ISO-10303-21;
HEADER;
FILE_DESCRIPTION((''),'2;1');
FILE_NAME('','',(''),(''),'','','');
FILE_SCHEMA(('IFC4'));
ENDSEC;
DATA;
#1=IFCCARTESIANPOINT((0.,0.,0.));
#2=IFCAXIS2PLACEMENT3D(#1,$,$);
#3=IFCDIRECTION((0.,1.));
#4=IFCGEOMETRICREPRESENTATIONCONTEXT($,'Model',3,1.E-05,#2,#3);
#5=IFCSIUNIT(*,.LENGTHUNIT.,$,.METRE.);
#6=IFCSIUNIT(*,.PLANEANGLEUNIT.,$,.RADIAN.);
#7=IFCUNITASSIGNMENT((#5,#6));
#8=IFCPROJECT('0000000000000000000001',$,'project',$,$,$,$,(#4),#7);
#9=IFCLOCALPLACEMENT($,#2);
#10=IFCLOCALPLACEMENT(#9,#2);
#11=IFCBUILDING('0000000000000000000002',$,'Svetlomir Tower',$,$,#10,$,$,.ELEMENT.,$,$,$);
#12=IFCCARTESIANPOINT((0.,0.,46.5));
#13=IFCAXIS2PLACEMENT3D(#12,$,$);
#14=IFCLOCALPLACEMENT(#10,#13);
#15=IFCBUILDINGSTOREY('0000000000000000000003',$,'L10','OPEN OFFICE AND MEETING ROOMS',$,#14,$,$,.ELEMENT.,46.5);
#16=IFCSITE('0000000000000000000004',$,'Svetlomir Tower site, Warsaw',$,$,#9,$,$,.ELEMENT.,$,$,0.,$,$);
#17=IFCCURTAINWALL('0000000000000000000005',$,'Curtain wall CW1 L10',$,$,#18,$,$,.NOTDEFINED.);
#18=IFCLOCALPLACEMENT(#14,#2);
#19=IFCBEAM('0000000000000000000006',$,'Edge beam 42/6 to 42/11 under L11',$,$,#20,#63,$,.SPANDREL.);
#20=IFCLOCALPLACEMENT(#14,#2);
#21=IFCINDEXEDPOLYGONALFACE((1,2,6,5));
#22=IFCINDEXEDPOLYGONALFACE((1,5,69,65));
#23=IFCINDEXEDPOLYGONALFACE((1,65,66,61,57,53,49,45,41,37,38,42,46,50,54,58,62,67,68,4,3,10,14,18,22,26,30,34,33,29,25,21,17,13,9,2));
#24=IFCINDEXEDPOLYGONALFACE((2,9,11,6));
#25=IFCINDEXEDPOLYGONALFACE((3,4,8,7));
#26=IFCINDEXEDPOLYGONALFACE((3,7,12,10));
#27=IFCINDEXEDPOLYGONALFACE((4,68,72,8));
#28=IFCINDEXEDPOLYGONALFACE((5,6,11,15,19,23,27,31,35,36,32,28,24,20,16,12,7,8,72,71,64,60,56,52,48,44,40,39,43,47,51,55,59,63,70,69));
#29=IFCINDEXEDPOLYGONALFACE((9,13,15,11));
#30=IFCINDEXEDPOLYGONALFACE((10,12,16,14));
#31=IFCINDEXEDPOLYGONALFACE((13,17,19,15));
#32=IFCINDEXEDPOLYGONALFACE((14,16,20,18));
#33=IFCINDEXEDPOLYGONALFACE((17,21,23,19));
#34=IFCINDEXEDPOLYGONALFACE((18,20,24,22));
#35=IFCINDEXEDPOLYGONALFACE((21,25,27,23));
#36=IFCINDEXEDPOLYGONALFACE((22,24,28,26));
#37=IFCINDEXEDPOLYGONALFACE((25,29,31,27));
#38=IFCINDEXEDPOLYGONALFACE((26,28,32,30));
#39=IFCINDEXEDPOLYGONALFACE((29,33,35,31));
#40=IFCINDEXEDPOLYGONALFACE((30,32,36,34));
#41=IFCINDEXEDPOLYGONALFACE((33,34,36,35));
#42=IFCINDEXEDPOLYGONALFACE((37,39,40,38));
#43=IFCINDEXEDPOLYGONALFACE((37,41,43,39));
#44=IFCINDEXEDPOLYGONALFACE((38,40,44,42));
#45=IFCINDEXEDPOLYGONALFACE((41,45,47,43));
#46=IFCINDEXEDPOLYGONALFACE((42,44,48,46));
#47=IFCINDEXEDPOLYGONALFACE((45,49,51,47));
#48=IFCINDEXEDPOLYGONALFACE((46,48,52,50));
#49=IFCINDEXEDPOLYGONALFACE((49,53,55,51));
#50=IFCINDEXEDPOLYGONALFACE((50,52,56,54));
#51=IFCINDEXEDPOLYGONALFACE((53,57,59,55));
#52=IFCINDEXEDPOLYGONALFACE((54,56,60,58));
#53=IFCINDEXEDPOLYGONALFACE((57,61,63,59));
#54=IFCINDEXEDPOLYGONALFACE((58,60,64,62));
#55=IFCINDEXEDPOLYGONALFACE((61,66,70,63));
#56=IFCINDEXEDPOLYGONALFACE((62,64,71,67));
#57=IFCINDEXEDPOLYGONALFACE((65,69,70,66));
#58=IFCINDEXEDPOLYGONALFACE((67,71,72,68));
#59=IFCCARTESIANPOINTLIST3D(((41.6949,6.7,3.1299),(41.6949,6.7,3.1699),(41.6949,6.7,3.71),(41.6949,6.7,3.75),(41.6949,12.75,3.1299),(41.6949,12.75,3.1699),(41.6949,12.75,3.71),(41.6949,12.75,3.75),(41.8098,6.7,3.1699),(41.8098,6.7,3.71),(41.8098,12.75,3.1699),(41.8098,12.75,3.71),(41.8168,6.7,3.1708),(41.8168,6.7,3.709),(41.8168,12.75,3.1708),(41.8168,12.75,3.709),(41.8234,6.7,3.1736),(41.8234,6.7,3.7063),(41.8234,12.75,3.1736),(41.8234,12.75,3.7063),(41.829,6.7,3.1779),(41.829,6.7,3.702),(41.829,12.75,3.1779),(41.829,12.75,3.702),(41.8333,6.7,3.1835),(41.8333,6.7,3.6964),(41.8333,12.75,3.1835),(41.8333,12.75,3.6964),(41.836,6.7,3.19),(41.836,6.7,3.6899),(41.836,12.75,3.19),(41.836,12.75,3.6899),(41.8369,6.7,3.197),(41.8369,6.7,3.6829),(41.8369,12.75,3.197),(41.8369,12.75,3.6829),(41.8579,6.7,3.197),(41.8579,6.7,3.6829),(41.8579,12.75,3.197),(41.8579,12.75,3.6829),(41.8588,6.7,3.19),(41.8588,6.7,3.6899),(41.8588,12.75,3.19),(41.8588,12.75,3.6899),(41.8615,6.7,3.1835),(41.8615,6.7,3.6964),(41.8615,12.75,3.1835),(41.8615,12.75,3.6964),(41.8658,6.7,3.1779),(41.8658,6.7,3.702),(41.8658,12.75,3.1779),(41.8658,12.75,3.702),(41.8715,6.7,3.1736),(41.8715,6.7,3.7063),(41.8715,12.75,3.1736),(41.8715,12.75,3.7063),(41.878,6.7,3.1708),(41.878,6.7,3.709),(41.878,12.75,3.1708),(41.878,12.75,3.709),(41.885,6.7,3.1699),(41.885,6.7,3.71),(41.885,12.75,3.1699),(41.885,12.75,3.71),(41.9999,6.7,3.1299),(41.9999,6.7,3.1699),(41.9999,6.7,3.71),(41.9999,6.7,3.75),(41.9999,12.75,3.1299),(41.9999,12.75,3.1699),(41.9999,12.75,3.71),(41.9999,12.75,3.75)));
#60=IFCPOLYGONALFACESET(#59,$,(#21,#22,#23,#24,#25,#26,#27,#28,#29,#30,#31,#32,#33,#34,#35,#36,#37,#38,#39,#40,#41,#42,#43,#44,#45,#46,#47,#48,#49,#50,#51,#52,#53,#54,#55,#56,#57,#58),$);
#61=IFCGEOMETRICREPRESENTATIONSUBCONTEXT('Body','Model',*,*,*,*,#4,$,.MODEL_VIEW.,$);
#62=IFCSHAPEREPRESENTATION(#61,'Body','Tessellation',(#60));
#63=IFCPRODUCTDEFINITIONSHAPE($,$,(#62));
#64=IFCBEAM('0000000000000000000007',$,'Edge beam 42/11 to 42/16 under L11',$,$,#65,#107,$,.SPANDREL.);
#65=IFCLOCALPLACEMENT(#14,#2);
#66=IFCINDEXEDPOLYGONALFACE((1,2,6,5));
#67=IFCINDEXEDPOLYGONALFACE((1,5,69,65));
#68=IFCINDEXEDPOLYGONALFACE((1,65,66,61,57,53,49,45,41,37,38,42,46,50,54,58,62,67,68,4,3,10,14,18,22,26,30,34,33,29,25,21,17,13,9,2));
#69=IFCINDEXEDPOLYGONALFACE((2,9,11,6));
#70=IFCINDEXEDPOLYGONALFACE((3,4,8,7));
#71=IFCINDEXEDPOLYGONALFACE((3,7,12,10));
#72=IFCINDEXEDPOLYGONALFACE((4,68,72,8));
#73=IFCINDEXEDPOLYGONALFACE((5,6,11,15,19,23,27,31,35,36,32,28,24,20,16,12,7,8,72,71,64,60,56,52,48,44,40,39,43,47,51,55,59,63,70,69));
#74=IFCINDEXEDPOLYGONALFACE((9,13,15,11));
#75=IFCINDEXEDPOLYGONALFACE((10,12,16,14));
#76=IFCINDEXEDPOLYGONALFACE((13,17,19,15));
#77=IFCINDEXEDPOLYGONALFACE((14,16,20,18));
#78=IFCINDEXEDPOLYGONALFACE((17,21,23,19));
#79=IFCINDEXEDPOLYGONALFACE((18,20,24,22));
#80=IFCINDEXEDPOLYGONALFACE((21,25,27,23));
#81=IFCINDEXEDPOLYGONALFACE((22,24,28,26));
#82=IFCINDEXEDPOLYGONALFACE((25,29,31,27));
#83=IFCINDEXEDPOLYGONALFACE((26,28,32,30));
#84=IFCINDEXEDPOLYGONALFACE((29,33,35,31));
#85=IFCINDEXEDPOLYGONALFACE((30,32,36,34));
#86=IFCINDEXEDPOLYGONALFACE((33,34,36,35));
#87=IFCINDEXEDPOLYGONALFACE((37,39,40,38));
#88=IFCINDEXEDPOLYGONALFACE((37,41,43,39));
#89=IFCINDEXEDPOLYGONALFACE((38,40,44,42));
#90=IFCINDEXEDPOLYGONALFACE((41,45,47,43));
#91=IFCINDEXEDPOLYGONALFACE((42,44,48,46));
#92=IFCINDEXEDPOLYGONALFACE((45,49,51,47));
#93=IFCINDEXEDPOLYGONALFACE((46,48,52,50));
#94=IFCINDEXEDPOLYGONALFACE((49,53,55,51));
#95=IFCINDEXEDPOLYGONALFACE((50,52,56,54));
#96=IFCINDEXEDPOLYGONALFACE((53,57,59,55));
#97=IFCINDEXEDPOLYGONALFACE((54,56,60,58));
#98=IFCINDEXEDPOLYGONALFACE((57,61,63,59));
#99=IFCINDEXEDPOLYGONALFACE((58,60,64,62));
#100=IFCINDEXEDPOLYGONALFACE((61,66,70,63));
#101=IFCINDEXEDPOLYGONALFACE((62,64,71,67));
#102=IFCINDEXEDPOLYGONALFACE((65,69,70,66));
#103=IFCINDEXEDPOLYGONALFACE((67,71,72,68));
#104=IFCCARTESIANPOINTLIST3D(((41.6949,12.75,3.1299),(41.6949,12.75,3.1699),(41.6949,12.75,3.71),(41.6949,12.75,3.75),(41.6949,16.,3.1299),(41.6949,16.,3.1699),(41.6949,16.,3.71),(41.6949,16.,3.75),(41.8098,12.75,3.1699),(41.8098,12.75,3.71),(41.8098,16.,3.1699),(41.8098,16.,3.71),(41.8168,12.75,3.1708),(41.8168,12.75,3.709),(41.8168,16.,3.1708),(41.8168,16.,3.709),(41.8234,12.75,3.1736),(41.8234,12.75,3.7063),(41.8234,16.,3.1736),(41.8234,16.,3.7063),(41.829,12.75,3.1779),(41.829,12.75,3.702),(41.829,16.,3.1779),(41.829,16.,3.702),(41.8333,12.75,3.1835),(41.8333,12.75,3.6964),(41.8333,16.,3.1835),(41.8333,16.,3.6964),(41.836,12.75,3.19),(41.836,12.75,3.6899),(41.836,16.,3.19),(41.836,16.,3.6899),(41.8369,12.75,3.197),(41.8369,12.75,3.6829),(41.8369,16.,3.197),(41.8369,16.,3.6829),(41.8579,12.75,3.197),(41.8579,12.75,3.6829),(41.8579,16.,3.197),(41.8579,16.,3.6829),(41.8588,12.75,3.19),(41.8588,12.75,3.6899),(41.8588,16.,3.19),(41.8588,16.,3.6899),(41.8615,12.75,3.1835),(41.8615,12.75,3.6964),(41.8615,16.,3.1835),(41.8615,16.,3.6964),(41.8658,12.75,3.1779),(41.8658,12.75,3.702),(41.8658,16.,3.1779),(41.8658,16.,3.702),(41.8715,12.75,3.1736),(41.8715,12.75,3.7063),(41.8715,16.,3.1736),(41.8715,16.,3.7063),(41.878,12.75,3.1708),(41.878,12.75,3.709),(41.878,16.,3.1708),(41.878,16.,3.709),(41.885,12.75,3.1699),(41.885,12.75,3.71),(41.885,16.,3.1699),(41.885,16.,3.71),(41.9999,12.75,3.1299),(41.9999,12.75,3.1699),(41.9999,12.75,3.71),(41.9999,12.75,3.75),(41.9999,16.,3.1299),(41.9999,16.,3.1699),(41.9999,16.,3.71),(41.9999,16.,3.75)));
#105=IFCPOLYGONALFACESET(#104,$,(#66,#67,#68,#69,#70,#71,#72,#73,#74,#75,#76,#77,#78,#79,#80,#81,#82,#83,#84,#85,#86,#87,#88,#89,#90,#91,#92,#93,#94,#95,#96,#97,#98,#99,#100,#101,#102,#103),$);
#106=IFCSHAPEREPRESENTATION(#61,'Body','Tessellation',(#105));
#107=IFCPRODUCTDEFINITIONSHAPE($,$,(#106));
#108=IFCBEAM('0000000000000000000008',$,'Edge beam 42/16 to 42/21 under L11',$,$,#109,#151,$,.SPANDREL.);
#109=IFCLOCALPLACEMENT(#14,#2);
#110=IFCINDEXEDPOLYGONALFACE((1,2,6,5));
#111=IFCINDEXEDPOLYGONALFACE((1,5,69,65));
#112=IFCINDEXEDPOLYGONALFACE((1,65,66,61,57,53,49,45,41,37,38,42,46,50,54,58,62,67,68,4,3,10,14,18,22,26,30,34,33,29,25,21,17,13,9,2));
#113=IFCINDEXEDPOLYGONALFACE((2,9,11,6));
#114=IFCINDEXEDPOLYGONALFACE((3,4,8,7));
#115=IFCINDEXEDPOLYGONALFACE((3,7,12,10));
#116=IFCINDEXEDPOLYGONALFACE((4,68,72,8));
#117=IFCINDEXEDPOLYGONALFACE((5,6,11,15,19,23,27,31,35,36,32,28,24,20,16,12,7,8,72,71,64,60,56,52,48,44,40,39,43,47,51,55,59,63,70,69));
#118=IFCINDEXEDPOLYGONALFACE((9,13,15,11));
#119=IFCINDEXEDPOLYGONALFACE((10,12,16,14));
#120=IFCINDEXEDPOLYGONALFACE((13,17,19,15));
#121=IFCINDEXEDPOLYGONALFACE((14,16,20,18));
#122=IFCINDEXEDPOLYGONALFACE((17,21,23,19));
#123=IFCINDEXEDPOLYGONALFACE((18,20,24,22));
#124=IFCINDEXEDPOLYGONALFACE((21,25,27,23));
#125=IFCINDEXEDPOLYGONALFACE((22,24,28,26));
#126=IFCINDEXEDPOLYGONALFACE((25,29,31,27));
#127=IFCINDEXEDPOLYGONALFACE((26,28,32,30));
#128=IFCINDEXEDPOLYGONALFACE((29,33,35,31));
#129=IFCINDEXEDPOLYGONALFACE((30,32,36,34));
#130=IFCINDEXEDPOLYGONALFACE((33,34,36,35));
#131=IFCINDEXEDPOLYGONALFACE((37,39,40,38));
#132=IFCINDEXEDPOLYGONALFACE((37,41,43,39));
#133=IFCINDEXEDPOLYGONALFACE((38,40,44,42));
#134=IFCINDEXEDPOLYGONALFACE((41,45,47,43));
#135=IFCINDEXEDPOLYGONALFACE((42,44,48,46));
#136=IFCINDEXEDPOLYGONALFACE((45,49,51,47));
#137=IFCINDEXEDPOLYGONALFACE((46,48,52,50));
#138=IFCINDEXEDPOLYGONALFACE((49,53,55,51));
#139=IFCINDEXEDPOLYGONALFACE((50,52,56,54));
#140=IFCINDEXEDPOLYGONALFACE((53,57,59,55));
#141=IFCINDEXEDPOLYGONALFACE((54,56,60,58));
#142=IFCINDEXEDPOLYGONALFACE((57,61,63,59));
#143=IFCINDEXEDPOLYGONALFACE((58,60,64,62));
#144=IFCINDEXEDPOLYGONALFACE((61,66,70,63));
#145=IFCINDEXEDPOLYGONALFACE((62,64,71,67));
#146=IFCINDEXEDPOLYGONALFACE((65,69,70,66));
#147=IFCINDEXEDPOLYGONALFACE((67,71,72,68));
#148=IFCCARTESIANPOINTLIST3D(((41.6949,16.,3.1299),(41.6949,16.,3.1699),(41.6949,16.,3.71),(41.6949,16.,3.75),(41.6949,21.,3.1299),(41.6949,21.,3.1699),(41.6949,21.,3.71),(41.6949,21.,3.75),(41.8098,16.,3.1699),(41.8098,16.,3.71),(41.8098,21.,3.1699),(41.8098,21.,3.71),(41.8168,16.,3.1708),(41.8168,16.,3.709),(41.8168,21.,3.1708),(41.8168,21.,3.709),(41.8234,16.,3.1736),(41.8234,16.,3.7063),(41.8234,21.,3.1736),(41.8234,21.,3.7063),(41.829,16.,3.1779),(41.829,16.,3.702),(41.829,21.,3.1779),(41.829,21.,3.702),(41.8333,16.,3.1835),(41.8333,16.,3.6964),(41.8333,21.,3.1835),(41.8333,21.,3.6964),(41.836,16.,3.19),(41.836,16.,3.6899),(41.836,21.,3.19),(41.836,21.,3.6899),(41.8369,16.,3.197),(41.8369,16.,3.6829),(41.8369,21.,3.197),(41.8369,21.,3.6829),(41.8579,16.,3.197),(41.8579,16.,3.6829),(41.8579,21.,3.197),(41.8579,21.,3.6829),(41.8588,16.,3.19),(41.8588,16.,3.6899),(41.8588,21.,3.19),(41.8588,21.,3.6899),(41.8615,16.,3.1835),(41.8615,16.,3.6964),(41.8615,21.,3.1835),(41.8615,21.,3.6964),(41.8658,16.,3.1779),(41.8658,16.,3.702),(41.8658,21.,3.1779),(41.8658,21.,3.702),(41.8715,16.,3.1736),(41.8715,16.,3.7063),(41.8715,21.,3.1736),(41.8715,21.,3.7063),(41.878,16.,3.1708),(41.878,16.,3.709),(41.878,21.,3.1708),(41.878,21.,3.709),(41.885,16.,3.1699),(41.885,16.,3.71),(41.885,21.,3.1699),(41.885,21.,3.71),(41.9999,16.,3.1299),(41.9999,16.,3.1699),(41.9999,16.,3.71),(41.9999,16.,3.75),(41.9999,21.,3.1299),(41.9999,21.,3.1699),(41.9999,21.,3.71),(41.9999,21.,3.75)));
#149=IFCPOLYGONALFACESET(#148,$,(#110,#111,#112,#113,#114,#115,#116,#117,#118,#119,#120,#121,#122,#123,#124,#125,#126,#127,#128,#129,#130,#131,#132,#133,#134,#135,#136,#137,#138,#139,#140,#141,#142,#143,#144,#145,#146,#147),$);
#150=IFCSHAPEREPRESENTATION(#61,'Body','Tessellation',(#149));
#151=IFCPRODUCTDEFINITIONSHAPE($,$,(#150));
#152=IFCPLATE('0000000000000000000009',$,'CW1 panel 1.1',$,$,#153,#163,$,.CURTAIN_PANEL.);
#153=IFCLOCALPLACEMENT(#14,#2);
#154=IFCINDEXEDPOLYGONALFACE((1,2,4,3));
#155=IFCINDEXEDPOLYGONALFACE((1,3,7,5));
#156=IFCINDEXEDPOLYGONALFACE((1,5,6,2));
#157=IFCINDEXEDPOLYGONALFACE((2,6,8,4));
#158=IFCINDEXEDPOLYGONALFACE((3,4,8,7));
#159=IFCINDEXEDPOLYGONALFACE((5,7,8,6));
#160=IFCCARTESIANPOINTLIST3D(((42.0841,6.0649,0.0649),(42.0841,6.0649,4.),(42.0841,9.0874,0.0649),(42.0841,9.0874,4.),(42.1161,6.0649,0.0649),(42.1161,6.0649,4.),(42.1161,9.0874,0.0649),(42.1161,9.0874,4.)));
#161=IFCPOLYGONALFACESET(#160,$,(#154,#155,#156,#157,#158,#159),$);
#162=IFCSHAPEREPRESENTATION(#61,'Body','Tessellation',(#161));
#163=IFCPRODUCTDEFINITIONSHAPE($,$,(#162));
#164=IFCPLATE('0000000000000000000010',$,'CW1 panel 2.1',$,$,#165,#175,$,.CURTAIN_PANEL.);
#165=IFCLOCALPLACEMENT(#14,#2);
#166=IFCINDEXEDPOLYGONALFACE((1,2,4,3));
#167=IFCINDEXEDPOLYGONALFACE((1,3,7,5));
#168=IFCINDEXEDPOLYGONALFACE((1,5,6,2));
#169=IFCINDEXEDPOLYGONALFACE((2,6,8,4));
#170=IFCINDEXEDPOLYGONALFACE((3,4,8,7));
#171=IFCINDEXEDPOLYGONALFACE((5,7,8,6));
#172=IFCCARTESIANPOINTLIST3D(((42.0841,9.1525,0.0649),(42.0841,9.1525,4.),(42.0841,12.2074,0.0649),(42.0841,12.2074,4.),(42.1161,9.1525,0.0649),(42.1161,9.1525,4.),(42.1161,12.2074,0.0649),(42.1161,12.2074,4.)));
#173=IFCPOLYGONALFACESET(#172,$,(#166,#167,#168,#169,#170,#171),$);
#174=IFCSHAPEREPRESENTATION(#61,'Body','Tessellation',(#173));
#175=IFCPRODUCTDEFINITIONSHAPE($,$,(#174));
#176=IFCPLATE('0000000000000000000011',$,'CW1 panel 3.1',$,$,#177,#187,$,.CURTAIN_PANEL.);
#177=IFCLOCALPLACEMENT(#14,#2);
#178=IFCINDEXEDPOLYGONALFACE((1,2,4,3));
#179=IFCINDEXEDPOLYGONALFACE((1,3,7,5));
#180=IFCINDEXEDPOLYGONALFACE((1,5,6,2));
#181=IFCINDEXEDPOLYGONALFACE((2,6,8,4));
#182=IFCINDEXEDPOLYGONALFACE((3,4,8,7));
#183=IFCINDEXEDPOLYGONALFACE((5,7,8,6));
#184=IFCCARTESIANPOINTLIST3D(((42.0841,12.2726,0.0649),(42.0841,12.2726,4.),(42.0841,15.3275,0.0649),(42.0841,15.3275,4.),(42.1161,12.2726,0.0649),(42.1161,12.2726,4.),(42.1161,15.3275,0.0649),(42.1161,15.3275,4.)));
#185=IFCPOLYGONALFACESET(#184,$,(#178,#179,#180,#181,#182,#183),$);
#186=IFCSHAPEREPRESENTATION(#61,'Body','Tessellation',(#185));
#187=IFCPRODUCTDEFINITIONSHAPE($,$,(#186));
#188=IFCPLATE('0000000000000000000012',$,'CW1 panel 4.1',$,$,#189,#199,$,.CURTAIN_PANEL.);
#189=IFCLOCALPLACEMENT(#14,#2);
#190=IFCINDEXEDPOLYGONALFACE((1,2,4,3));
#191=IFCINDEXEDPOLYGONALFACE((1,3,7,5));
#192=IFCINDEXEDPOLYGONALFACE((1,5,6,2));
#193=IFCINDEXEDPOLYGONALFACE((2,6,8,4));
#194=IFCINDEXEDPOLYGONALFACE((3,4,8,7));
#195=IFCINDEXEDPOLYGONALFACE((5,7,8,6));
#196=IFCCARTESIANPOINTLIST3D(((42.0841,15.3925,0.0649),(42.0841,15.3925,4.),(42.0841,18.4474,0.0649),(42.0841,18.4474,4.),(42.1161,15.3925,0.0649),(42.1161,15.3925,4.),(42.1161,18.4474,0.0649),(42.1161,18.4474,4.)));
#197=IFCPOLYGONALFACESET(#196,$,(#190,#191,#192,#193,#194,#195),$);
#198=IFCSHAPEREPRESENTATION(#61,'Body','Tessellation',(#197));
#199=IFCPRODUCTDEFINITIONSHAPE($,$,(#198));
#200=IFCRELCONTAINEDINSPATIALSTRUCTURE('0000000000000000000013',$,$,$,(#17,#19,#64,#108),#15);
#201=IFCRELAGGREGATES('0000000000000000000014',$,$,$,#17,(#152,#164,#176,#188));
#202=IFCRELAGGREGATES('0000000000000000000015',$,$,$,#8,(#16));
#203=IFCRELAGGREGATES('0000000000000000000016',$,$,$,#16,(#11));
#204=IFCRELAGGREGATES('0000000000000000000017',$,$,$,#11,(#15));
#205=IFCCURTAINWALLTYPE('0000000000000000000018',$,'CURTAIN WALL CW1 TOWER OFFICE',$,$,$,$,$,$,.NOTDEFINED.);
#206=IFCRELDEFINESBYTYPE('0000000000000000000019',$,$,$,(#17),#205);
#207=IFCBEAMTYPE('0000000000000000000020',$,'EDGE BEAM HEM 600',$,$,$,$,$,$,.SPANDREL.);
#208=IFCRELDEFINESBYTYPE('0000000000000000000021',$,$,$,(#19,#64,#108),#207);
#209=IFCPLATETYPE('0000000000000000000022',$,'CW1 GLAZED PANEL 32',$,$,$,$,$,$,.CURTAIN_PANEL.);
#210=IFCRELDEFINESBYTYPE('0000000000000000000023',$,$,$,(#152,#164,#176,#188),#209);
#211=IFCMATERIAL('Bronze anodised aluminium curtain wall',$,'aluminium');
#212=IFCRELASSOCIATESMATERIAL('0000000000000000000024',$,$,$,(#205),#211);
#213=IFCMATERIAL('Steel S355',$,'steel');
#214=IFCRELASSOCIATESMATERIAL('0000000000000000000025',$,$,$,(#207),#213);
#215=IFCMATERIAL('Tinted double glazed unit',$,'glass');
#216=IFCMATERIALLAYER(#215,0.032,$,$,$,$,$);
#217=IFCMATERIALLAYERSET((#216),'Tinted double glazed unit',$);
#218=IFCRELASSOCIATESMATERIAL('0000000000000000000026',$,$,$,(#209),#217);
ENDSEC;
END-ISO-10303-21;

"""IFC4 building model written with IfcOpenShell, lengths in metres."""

from ifc_helpers import new_model, si_unit, direction, frame, origin, origin_2d, place, context, subcontext, project, spatial, rectangle, i_section, extrude, material, layer, layer_set, material_profile, profile_set, type_object, element, aggregate, save


model = new_model("IFC4")

# Units and contexts
model_context = context("Model", 3, precision=1e-05, world=origin(), true_north=direction((0.0, 1.0)))
body_context = subcontext(model_context, "Body", "Model", "MODEL_VIEW")
ifc_project = project(units=[si_unit("LENGTHUNIT", "METRE"), si_unit("PLANEANGLEUNIT", "RADIAN")], contexts=[model_context])

# Site, building, storey
site_placement = place(None, origin())
site = spatial("IfcSite", under=ifc_project, at=site_placement, Name="Svetlomir Tower site, Warsaw", CompositionType="ELEMENT", RefElevation=0.0)
building_placement = place(site_placement, origin())
building = spatial("IfcBuilding", under=site, at=building_placement, Name="Svetlomir Tower", CompositionType="ELEMENT")
storey_placement = place(building_placement, frame((0.0, 0.0, 46.5)))
storey = spatial("IfcBuildingStorey", under=building, at=storey_placement, Name="L10", Description="OPEN OFFICE AND MEETING ROOMS", CompositionType="ELEMENT", Elevation=46.5)

# Curtain wall
ifc_material_1 = material(Name="Bronze anodised aluminium curtain wall", Category="aluminium")
curtain_wall_type = type_object("IfcCurtainWallType", Name="CURTAIN WALL CW1 TOWER OFFICE", PredefinedType="NOTDEFINED", material=ifc_material_1)
curtain_wall_placement = place(storey_placement, origin())
curtain_wall = element("IfcCurtainWall", 1, at=curtain_wall_placement, inside=storey, type_object=curtain_wall_type, Name="Curtain wall CW1 L10", PredefinedType="NOTDEFINED")

# Beams
ifc_material_2 = material(Name="Steel S355", Category="steel")
ifc_material_profile_1 = material_profile(ifc_material_2, i_section(OverallWidth=0.3049, OverallDepth=0.6201, WebThickness=0.021, FlangeThickness=0.04, FilletRadius=0.0271, at=origin_2d()), Name="HEM 600")
ifc_profile_set_1 = profile_set([ifc_material_profile_1], Name="Steel S355")
beam_type = type_object("IfcBeamType", Name="EDGE BEAM HEM 600", PredefinedType="SPANDREL", material=ifc_profile_set_1)
beam_1_placement = place(storey_placement, frame((41.8474, 6.7, 3.4399), z_axis=(0.0, 1.0, 0.0), x_axis=(-1.0, 0.0, 0.0)))
element("IfcBeam", 2, at=beam_1_placement, inside=storey, type_object=beam_type, Name="Edge beam 42/6 to 42/11 under L11", PredefinedType="SPANDREL", context=body_context, shape_type="SweptSolid", body=[
    extrude(i_section(OverallWidth=0.3049, OverallDepth=0.6201, WebThickness=0.021, FlangeThickness=0.04, FilletRadius=0.0271, at=origin_2d()), origin(), (0.0, 0.0, 1.0), 6.05),
])
beam_2_placement = place(storey_placement, frame((41.8474, 12.75, 3.4399), z_axis=(0.0, 1.0, 0.0), x_axis=(-1.0, 0.0, 0.0)))
element("IfcBeam", 3, at=beam_2_placement, inside=storey, type_object=beam_type, Name="Edge beam 42/11 to 42/16 under L11", PredefinedType="SPANDREL", context=body_context, shape_type="SweptSolid", body=[
    extrude(i_section(OverallWidth=0.3049, OverallDepth=0.6201, WebThickness=0.021, FlangeThickness=0.04, FilletRadius=0.0271, at=origin_2d()), origin(), (0.0, 0.0, 1.0), 3.25),
])
beam_3_placement = place(storey_placement, frame((41.8474, 16.0, 3.4399), z_axis=(0.0, 1.0, 0.0), x_axis=(-1.0, 0.0, 0.0)))
element("IfcBeam", 4, at=beam_3_placement, inside=storey, type_object=beam_type, Name="Edge beam 42/16 to 42/21 under L11", PredefinedType="SPANDREL", context=body_context, shape_type="SweptSolid", body=[
    extrude(i_section(OverallWidth=0.3049, OverallDepth=0.6201, WebThickness=0.021, FlangeThickness=0.04, FilletRadius=0.0271, at=origin_2d()), origin(), (0.0, 0.0, 1.0), 5.0),
])

# Plates
ifc_material_3 = material(Name="Tinted double glazed unit", Category="glass")
ifc_layer_1 = layer(ifc_material_3, 0.032)
ifc_layer_set_1 = layer_set([ifc_layer_1], Name="Tinted double glazed unit")
plate_type = type_object("IfcPlateType", Name="CW1 GLAZED PANEL 32", PredefinedType="CURTAIN_PANEL", material=ifc_layer_set_1)
plate_1_placement = place(storey_placement, frame((42.1001, 7.5762, 0.0649), z_axis=(0.0, 0.0, 1.0), x_axis=(0.0, 1.0, 0.0)))
plate_1 = element("IfcPlate", 5, at=plate_1_placement, type_object=plate_type, Name="CW1 panel 1.1", PredefinedType="CURTAIN_PANEL", context=body_context, shape_type="SweptSolid", body=[
    extrude(rectangle(XDim=3.0225, YDim=0.032, at=origin_2d()), origin(), (0.0, 0.0, 1.0), 3.9351),
])
plate_2_placement = place(storey_placement, frame((42.1001, 10.6799, 0.0649), z_axis=(0.0, 0.0, 1.0), x_axis=(0.0, 1.0, 0.0)))
plate_2 = element("IfcPlate", 6, at=plate_2_placement, type_object=plate_type, Name="CW1 panel 2.1", PredefinedType="CURTAIN_PANEL", context=body_context, shape_type="SweptSolid", body=[
    extrude(rectangle(XDim=3.0549, YDim=0.032, at=origin_2d()), origin(), (0.0, 0.0, 1.0), 3.9351),
])
plate_3_placement = place(storey_placement, frame((42.1001, 13.8, 0.0649), z_axis=(0.0, 0.0, 1.0), x_axis=(0.0, 1.0, 0.0)))
plate_3 = element("IfcPlate", 7, at=plate_3_placement, type_object=plate_type, Name="CW1 panel 3.1", PredefinedType="CURTAIN_PANEL", context=body_context, shape_type="SweptSolid", body=[
    extrude(rectangle(XDim=3.0549, YDim=0.032, at=origin_2d()), origin(), (0.0, 0.0, 1.0), 3.9351),
])
plate_4_placement = place(storey_placement, frame((42.1001, 16.9199, 0.0649), z_axis=(0.0, 0.0, 1.0), x_axis=(0.0, 1.0, 0.0)))
plate_4 = element("IfcPlate", 8, at=plate_4_placement, type_object=plate_type, Name="CW1 panel 4.1", PredefinedType="CURTAIN_PANEL", context=body_context, shape_type="SweptSolid", body=[
    extrude(rectangle(XDim=3.0549, YDim=0.032, at=origin_2d()), origin(), (0.0, 0.0, 1.0), 3.9351),
])
aggregate(curtain_wall, [plate_1, plate_2, plate_3, plate_4])

save(model, "model.ifc")
